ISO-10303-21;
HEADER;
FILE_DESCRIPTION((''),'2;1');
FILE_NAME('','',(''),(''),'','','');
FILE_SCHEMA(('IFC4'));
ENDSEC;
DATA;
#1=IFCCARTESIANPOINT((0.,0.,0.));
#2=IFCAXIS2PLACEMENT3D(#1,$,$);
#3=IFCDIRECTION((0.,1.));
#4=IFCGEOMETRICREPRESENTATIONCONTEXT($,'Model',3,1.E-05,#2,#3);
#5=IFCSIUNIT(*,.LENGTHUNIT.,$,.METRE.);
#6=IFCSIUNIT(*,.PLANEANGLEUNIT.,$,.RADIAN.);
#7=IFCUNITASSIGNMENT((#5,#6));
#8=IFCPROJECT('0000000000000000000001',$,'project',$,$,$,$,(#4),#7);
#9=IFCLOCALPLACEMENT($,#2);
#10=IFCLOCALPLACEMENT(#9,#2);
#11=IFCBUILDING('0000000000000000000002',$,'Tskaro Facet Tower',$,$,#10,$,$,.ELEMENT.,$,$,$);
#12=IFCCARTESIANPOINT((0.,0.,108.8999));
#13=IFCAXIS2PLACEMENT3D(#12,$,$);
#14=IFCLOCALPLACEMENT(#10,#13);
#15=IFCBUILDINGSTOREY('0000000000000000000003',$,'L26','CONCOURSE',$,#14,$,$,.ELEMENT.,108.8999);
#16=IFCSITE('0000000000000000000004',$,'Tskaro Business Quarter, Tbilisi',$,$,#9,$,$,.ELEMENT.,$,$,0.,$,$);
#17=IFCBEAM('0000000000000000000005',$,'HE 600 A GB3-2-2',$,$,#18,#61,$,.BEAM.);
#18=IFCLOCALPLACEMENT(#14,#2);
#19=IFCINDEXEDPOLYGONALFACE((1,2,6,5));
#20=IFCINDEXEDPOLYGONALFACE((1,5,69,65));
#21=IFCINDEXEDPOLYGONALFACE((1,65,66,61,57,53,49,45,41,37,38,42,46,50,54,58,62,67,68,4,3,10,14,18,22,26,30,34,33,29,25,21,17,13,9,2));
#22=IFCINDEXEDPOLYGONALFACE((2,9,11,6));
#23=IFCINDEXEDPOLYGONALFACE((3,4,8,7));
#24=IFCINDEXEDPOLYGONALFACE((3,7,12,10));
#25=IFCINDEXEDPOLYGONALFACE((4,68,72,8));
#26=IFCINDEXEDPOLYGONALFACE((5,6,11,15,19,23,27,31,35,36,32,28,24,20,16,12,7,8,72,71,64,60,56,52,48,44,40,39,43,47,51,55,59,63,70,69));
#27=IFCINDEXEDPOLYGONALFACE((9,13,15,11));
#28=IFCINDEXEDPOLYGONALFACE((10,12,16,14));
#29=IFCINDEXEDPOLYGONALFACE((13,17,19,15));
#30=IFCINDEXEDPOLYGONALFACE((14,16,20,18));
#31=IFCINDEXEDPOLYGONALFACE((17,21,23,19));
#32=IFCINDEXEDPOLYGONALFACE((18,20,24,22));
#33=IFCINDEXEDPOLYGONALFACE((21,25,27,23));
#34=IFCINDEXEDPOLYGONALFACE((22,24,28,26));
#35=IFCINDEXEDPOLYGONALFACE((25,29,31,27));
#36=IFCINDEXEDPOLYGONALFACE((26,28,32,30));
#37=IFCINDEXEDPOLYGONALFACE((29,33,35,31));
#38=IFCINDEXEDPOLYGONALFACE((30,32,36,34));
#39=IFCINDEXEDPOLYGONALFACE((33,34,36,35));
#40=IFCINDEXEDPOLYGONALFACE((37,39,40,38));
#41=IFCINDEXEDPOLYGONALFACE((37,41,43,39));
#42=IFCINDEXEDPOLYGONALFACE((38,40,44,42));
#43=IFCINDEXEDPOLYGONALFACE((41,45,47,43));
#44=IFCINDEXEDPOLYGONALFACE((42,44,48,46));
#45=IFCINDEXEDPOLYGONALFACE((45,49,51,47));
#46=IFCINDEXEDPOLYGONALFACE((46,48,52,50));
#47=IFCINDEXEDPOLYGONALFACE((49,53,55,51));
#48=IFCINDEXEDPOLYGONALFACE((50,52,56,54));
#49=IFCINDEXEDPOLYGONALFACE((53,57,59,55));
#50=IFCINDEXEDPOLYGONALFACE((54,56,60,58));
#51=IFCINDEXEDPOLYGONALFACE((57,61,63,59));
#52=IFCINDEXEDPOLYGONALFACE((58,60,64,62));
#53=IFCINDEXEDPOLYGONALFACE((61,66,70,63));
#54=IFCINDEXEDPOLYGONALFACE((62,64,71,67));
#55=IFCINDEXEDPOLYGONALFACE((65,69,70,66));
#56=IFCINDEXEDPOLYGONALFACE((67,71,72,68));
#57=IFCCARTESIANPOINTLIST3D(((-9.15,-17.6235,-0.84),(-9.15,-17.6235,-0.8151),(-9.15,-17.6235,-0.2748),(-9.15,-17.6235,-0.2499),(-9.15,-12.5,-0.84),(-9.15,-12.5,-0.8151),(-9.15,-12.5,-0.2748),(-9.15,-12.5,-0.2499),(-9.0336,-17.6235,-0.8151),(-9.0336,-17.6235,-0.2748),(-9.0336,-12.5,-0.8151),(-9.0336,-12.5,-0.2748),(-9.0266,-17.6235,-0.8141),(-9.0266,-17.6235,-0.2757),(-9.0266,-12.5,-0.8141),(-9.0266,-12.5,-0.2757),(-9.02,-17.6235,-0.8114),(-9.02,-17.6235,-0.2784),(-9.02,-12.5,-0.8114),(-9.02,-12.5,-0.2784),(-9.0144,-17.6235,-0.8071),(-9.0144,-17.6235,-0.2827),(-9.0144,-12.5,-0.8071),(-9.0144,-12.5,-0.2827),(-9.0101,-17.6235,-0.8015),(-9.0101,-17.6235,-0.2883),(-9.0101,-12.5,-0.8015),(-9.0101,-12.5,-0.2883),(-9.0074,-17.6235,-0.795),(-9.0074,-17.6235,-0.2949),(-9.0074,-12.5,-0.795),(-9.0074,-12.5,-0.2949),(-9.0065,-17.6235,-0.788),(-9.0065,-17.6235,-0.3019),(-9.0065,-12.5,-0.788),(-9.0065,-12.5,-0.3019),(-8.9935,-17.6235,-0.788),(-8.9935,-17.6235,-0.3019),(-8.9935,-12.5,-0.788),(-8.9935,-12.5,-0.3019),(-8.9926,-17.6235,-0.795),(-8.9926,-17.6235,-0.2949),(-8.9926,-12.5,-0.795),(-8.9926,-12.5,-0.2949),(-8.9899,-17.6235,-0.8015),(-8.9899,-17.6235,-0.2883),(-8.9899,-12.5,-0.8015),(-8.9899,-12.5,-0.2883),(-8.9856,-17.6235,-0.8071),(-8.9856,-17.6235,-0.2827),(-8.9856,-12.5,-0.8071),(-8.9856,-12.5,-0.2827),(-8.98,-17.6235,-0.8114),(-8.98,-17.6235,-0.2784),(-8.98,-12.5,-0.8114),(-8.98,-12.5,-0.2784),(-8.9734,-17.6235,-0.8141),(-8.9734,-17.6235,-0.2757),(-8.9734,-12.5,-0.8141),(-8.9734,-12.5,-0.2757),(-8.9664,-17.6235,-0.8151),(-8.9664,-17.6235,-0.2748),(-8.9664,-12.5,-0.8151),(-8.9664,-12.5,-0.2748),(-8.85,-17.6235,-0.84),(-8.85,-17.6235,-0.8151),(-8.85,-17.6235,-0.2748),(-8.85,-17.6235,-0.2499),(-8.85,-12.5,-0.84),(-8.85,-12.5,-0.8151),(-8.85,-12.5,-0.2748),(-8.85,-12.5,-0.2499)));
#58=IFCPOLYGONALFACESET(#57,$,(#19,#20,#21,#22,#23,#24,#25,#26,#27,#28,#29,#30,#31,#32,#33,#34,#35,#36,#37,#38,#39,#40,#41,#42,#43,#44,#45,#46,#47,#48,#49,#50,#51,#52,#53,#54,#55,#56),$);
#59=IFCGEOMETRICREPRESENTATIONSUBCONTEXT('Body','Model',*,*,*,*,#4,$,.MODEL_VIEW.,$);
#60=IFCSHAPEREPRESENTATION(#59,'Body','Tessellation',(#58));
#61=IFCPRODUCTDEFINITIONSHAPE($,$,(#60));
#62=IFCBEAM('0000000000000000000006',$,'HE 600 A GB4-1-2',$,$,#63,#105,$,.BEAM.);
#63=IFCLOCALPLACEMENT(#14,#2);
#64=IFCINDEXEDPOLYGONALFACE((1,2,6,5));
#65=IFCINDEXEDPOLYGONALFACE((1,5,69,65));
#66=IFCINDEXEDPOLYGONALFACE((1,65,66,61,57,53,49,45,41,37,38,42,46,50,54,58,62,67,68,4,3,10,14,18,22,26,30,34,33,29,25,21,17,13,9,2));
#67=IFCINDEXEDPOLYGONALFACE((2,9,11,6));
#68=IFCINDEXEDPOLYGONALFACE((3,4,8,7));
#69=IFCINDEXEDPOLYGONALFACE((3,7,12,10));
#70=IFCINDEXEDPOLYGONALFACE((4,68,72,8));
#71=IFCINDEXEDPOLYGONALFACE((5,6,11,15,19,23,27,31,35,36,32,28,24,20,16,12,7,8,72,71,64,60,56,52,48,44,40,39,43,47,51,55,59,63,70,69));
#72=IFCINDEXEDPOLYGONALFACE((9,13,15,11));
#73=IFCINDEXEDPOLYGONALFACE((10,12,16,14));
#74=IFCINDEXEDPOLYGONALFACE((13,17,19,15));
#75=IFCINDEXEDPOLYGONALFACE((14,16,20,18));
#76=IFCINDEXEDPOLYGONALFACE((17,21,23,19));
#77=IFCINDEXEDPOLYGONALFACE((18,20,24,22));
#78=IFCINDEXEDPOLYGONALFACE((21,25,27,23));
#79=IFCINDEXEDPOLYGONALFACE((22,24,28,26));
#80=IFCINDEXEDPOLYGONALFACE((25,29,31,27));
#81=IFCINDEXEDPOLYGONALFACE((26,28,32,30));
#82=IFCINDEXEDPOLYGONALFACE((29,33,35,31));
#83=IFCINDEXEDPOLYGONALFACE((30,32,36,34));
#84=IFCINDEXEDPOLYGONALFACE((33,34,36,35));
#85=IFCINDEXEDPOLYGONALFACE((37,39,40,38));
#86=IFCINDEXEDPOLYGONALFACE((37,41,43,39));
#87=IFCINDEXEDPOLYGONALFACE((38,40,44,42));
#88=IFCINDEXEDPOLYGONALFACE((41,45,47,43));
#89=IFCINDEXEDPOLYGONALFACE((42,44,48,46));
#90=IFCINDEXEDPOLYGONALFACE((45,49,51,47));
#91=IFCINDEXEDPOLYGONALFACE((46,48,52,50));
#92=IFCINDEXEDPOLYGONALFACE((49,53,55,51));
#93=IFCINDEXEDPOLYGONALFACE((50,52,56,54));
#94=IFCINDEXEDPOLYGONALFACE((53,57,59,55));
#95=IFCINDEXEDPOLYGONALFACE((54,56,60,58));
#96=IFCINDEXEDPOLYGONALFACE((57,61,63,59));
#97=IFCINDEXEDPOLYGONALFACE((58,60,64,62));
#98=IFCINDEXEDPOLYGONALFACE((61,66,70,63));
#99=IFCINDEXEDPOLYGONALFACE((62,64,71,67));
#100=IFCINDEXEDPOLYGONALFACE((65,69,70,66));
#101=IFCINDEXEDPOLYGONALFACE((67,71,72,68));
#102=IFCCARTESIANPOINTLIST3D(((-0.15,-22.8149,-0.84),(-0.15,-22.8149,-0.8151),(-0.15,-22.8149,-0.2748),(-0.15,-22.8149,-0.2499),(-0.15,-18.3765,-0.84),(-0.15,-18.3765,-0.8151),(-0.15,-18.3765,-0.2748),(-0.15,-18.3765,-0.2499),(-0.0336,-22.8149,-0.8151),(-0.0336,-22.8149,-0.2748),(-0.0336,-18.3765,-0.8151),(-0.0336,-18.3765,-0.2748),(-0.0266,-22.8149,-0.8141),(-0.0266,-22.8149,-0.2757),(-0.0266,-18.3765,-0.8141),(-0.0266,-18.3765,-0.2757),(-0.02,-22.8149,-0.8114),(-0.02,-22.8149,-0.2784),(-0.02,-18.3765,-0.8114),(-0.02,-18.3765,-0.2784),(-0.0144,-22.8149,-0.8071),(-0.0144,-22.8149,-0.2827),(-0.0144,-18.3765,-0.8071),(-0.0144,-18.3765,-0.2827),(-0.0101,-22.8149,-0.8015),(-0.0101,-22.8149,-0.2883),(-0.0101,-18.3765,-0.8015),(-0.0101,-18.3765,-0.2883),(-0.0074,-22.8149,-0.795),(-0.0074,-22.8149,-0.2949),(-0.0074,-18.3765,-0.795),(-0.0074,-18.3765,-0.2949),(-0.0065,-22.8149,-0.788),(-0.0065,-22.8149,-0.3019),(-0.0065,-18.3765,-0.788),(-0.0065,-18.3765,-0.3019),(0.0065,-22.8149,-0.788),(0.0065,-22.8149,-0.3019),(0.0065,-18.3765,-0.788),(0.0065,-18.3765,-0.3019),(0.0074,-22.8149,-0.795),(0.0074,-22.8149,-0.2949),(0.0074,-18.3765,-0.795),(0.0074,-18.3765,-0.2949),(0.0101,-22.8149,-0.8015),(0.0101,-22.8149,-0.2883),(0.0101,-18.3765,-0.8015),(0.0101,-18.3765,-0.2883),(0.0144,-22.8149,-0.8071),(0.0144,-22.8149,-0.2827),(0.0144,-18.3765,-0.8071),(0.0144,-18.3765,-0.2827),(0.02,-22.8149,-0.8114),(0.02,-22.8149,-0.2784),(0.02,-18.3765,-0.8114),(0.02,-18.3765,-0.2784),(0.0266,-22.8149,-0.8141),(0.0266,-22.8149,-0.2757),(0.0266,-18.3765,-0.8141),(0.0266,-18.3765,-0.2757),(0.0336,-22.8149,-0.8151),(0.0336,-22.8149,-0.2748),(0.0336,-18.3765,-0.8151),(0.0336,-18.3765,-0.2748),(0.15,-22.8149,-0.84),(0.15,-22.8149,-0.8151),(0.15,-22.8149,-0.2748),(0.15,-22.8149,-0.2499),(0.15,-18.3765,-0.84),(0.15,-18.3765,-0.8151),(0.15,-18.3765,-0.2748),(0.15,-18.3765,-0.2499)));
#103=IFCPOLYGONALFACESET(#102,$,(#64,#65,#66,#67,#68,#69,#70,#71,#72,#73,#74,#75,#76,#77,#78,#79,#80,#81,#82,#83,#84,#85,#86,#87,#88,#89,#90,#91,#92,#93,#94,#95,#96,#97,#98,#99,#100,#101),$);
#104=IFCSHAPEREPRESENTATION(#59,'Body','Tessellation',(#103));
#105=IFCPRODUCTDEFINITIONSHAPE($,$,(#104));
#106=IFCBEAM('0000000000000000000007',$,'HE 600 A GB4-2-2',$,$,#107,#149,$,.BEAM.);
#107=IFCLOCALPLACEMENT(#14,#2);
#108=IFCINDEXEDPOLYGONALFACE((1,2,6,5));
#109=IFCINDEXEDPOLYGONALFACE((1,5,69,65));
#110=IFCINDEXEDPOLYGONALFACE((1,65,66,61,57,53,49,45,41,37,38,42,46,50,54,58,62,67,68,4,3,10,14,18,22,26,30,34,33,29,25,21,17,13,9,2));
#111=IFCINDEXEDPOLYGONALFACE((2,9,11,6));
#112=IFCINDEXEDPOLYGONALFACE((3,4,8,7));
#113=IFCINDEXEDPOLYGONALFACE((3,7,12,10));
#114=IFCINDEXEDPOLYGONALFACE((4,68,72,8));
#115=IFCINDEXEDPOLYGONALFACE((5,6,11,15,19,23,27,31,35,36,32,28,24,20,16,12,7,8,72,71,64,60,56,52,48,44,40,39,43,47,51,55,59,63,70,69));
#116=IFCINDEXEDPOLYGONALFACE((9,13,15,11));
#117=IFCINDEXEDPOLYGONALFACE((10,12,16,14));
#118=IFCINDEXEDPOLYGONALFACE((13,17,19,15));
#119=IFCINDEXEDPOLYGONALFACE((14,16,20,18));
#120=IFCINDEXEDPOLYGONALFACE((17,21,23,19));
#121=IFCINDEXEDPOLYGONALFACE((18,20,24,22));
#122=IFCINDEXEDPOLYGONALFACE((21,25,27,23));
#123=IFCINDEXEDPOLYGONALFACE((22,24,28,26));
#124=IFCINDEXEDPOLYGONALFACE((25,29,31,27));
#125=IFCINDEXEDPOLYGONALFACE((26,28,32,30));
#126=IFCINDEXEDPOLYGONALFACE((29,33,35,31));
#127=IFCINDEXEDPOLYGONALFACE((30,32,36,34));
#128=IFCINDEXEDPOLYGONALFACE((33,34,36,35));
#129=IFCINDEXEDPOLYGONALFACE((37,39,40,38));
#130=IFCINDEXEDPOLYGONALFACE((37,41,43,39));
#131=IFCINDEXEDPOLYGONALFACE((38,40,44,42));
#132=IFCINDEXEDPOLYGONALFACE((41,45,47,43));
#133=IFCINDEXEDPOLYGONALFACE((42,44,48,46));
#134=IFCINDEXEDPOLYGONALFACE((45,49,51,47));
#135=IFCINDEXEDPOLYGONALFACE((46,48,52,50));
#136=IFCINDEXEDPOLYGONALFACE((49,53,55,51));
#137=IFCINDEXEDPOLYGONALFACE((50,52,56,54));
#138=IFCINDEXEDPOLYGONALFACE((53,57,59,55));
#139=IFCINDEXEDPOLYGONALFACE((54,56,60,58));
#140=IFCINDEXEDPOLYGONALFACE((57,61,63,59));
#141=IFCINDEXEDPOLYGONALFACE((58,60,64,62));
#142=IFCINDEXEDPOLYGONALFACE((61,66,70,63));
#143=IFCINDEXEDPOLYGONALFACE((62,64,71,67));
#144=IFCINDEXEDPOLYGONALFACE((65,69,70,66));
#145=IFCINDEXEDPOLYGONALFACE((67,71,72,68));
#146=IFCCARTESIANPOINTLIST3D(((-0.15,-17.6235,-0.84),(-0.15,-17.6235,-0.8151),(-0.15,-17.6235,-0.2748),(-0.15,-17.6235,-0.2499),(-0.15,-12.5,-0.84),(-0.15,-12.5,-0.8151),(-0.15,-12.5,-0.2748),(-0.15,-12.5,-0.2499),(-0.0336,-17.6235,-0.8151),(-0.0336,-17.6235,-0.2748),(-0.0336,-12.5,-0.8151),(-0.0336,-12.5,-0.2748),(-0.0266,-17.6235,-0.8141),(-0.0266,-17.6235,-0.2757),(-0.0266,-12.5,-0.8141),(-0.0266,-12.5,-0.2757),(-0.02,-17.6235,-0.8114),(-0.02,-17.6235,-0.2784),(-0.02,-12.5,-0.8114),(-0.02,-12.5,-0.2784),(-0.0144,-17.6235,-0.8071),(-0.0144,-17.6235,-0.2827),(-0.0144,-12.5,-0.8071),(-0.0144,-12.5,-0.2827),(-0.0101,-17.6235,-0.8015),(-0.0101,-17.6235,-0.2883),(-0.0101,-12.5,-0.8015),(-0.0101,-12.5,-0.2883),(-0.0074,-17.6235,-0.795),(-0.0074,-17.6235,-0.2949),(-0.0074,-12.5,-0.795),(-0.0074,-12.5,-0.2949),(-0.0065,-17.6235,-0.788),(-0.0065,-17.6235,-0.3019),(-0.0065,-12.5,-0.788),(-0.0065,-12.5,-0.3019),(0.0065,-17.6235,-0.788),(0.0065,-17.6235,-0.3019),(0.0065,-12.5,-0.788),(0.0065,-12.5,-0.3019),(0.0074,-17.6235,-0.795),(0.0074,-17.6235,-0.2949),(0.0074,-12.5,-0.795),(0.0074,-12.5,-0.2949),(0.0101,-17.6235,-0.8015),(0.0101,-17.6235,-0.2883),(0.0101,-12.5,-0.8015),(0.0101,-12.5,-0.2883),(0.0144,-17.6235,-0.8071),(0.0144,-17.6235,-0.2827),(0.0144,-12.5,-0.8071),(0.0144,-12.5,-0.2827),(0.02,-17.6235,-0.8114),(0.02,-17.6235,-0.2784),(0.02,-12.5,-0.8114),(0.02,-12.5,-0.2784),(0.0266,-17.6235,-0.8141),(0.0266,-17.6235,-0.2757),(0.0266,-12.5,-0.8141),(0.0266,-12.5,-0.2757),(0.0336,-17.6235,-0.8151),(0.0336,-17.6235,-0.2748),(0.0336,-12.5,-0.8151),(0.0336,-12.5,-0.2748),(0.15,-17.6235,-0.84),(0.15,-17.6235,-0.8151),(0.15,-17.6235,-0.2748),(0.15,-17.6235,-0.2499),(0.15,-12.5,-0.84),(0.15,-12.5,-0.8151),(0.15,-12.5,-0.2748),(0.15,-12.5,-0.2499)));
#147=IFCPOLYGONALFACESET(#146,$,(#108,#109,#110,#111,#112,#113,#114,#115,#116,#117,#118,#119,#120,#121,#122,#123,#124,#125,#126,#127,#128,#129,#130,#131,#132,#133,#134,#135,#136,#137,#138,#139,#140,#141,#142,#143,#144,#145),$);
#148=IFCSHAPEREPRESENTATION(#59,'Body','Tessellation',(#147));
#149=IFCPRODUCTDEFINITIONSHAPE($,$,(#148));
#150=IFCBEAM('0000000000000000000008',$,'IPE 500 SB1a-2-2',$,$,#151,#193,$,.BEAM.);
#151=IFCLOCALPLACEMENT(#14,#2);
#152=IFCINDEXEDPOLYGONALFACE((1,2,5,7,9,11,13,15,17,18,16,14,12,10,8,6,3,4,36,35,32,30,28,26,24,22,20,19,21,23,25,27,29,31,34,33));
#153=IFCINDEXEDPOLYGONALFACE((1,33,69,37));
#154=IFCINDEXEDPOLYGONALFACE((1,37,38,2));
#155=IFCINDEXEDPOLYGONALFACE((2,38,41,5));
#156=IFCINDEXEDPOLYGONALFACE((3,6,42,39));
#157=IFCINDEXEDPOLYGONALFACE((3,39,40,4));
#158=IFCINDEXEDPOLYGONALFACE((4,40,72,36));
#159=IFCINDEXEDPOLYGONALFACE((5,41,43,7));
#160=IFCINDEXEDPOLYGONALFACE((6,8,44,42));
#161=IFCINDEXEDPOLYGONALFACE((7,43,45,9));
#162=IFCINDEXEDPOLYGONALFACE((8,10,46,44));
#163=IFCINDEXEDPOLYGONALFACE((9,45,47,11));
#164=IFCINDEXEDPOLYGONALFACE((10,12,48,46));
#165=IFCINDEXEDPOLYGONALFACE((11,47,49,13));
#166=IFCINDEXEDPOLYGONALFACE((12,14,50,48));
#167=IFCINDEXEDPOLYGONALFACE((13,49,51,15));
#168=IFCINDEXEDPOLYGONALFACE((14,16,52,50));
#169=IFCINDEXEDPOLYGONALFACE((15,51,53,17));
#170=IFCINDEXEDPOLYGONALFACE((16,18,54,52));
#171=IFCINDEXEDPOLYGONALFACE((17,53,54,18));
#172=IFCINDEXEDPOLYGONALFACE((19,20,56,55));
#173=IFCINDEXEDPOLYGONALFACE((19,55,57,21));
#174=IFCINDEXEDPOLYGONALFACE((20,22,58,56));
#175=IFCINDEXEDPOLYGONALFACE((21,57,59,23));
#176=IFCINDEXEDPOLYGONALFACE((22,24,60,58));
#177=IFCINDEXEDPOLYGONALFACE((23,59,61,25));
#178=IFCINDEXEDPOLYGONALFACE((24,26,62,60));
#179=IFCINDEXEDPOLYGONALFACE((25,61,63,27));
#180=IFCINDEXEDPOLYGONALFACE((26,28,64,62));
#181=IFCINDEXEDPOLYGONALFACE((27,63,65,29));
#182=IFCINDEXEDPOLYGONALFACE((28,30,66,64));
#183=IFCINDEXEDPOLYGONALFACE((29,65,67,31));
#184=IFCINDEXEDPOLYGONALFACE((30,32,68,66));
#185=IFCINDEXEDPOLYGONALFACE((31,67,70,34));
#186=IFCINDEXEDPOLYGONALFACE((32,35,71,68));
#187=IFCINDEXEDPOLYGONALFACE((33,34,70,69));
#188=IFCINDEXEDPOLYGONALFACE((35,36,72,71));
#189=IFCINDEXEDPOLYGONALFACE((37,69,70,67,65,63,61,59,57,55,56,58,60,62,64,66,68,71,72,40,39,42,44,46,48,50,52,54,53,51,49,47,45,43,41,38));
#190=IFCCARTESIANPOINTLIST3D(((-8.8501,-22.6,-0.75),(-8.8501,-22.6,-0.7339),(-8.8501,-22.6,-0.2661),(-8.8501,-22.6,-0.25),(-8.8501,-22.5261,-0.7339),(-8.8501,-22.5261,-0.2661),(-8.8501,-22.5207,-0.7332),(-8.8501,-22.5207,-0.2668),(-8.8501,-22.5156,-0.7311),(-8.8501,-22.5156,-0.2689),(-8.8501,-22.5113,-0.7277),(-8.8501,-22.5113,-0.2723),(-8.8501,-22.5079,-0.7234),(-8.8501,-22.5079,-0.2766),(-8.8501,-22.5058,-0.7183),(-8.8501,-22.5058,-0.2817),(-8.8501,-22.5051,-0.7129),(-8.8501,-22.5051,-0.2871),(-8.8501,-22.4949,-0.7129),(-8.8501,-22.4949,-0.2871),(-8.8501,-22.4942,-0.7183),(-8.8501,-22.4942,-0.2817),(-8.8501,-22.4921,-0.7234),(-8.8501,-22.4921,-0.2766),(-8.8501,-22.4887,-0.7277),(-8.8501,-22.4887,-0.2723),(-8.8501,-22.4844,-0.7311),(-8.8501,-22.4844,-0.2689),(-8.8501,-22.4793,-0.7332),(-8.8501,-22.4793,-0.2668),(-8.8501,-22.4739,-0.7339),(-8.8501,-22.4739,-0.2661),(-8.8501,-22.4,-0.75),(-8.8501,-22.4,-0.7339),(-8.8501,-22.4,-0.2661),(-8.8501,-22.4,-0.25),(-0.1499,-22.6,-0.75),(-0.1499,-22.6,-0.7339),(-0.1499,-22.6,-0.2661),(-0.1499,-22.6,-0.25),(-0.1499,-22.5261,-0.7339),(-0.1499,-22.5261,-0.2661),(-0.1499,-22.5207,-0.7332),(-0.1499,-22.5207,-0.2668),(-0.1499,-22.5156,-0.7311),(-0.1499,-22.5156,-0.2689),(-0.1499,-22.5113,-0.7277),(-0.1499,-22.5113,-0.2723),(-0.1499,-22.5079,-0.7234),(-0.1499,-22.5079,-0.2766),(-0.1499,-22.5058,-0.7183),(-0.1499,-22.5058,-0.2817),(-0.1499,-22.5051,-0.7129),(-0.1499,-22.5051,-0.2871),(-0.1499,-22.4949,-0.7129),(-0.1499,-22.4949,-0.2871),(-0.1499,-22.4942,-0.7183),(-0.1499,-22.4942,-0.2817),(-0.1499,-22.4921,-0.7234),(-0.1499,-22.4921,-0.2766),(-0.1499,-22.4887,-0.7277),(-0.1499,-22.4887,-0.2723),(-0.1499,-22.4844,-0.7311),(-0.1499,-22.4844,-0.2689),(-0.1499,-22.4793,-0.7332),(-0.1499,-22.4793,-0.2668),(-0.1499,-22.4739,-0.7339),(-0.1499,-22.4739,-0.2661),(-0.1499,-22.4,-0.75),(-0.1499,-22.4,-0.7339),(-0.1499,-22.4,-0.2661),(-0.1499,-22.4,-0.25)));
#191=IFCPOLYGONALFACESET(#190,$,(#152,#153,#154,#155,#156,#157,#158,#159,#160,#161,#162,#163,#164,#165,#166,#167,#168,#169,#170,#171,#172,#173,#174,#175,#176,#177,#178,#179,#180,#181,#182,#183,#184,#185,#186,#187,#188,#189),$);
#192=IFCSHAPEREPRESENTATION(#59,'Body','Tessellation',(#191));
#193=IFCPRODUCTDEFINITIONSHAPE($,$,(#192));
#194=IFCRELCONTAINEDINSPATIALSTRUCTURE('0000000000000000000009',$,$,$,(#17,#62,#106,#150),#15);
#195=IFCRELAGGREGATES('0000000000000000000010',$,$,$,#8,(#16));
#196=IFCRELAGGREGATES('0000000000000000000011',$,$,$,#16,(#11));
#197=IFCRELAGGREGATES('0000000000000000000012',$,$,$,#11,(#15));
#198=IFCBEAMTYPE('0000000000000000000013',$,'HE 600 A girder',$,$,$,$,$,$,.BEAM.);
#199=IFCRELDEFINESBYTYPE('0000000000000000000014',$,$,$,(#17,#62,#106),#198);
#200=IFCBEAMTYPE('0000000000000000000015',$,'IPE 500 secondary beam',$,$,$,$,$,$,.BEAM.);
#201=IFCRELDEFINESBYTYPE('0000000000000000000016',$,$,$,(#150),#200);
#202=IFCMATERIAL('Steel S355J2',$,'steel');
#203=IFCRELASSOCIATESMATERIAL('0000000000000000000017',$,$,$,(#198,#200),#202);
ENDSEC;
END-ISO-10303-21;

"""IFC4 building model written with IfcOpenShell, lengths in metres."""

from ifc_helpers import new_model, si_unit, direction, frame, origin, origin_2d, place, context, subcontext, project, spatial, i_section, extrude, material, material_profile, profile_set, type_object, element, save


model = new_model("IFC4")

# Units and contexts
model_context = context("Model", 3, precision=1e-05, world=origin(), true_north=direction((0.0, 1.0)))
body_context = subcontext(model_context, "Body", "Model", "MODEL_VIEW")
ifc_project = project(units=[si_unit("LENGTHUNIT", "METRE"), si_unit("PLANEANGLEUNIT", "RADIAN")], contexts=[model_context])

# Site, building, storey
site_placement = place(None, origin())
site = spatial("IfcSite", under=ifc_project, at=site_placement, Name="Tskaro Business Quarter, Tbilisi", CompositionType="ELEMENT", RefElevation=0.0)
building_placement = place(site_placement, origin())
building = spatial("IfcBuilding", under=site, at=building_placement, Name="Tskaro Facet Tower", CompositionType="ELEMENT")
storey_placement = place(building_placement, frame((0.0, 0.0, 108.8999)))
storey = spatial("IfcBuildingStorey", under=building, at=storey_placement, Name="L26", Description="CONCOURSE", CompositionType="ELEMENT", Elevation=108.8999)

# Beams
ifc_material_1 = material(Name="Steel S355J2", Category="steel")
ifc_material_profile_1 = material_profile(ifc_material_1, i_section(OverallWidth=0.3, OverallDepth=0.5901, WebThickness=0.0129, FlangeThickness=0.0249, FilletRadius=0.0271, at=origin_2d()), Name="HE 600 A")
ifc_profile_set_1 = profile_set([ifc_material_profile_1], Name="Steel S355J2")
beam_type_1 = type_object("IfcBeamType", Name="HE 600 A girder", PredefinedType="BEAM", material=ifc_profile_set_1)
beam_1_placement = place(storey_placement, frame((-9.0, -17.6235, -0.5449), z_axis=(0.0, 1.0, 0.0), x_axis=(-1.0, 0.0, 0.0)))
element("IfcBeam", 1, at=beam_1_placement, inside=storey, type_object=beam_type_1, Name="HE 600 A GB3-2-2", PredefinedType="BEAM", context=body_context, shape_type="SweptSolid", body=[
    extrude(i_section(OverallWidth=0.3, OverallDepth=0.5901, WebThickness=0.0129, FlangeThickness=0.0249, FilletRadius=0.0271, at=origin_2d()), origin(), (0.0, 0.0, 1.0), 5.1235),
])
beam_2_placement = place(storey_placement, frame((0.0, -22.8149, -0.5449), z_axis=(0.0, 1.0, 0.0), x_axis=(-1.0, 0.0, 0.0)))
element("IfcBeam", 2, at=beam_2_placement, inside=storey, type_object=beam_type_1, Name="HE 600 A GB4-1-2", PredefinedType="BEAM", context=body_context, shape_type="SweptSolid", body=[
    extrude(i_section(OverallWidth=0.3, OverallDepth=0.5901, WebThickness=0.0129, FlangeThickness=0.0249, FilletRadius=0.0271, at=origin_2d()), origin(), (0.0, 0.0, 1.0), 4.4385),
])
beam_3_placement = place(storey_placement, frame((0.0, -17.6235, -0.5449), z_axis=(0.0, 1.0, 0.0), x_axis=(-1.0, 0.0, 0.0)))
element("IfcBeam", 3, at=beam_3_placement, inside=storey, type_object=beam_type_1, Name="HE 600 A GB4-2-2", PredefinedType="BEAM", context=body_context, shape_type="SweptSolid", body=[
    extrude(i_section(OverallWidth=0.3, OverallDepth=0.5901, WebThickness=0.0129, FlangeThickness=0.0249, FilletRadius=0.0271, at=origin_2d()), origin(), (0.0, 0.0, 1.0), 5.1235),
])
ifc_material_profile_2 = material_profile(ifc_material_1, i_section(OverallWidth=0.2, OverallDepth=0.5, WebThickness=0.0103, FlangeThickness=0.0161, FilletRadius=0.021, at=origin_2d()), Name="IPE 500")
ifc_profile_set_2 = profile_set([ifc_material_profile_2], Name="Steel S355J2")
beam_type_2 = type_object("IfcBeamType", Name="IPE 500 secondary beam", PredefinedType="BEAM", material=ifc_profile_set_2)
for number, where, z_axis, x_axis, name in (
    (4, (-8.8501, -22.5, -0.5), (1.0, 0.0, 0.0), (0.0, 1.0, 0.0), "IPE 500 SB1a-2-2"),
):
    element("IfcBeam", number, at=place(storey_placement, frame(where, z_axis=z_axis, x_axis=x_axis)), inside=storey, type_object=beam_type_2, Name=name, PredefinedType="BEAM", context=body_context, shape_type="SweptSolid", body=[
        extrude(i_section(OverallWidth=0.2, OverallDepth=0.5, WebThickness=0.0103, FlangeThickness=0.0161, FilletRadius=0.021, at=origin_2d()), origin(), (0.0, 0.0, 1.0), 8.7002),
    ])

save(model, "model.ifc")
